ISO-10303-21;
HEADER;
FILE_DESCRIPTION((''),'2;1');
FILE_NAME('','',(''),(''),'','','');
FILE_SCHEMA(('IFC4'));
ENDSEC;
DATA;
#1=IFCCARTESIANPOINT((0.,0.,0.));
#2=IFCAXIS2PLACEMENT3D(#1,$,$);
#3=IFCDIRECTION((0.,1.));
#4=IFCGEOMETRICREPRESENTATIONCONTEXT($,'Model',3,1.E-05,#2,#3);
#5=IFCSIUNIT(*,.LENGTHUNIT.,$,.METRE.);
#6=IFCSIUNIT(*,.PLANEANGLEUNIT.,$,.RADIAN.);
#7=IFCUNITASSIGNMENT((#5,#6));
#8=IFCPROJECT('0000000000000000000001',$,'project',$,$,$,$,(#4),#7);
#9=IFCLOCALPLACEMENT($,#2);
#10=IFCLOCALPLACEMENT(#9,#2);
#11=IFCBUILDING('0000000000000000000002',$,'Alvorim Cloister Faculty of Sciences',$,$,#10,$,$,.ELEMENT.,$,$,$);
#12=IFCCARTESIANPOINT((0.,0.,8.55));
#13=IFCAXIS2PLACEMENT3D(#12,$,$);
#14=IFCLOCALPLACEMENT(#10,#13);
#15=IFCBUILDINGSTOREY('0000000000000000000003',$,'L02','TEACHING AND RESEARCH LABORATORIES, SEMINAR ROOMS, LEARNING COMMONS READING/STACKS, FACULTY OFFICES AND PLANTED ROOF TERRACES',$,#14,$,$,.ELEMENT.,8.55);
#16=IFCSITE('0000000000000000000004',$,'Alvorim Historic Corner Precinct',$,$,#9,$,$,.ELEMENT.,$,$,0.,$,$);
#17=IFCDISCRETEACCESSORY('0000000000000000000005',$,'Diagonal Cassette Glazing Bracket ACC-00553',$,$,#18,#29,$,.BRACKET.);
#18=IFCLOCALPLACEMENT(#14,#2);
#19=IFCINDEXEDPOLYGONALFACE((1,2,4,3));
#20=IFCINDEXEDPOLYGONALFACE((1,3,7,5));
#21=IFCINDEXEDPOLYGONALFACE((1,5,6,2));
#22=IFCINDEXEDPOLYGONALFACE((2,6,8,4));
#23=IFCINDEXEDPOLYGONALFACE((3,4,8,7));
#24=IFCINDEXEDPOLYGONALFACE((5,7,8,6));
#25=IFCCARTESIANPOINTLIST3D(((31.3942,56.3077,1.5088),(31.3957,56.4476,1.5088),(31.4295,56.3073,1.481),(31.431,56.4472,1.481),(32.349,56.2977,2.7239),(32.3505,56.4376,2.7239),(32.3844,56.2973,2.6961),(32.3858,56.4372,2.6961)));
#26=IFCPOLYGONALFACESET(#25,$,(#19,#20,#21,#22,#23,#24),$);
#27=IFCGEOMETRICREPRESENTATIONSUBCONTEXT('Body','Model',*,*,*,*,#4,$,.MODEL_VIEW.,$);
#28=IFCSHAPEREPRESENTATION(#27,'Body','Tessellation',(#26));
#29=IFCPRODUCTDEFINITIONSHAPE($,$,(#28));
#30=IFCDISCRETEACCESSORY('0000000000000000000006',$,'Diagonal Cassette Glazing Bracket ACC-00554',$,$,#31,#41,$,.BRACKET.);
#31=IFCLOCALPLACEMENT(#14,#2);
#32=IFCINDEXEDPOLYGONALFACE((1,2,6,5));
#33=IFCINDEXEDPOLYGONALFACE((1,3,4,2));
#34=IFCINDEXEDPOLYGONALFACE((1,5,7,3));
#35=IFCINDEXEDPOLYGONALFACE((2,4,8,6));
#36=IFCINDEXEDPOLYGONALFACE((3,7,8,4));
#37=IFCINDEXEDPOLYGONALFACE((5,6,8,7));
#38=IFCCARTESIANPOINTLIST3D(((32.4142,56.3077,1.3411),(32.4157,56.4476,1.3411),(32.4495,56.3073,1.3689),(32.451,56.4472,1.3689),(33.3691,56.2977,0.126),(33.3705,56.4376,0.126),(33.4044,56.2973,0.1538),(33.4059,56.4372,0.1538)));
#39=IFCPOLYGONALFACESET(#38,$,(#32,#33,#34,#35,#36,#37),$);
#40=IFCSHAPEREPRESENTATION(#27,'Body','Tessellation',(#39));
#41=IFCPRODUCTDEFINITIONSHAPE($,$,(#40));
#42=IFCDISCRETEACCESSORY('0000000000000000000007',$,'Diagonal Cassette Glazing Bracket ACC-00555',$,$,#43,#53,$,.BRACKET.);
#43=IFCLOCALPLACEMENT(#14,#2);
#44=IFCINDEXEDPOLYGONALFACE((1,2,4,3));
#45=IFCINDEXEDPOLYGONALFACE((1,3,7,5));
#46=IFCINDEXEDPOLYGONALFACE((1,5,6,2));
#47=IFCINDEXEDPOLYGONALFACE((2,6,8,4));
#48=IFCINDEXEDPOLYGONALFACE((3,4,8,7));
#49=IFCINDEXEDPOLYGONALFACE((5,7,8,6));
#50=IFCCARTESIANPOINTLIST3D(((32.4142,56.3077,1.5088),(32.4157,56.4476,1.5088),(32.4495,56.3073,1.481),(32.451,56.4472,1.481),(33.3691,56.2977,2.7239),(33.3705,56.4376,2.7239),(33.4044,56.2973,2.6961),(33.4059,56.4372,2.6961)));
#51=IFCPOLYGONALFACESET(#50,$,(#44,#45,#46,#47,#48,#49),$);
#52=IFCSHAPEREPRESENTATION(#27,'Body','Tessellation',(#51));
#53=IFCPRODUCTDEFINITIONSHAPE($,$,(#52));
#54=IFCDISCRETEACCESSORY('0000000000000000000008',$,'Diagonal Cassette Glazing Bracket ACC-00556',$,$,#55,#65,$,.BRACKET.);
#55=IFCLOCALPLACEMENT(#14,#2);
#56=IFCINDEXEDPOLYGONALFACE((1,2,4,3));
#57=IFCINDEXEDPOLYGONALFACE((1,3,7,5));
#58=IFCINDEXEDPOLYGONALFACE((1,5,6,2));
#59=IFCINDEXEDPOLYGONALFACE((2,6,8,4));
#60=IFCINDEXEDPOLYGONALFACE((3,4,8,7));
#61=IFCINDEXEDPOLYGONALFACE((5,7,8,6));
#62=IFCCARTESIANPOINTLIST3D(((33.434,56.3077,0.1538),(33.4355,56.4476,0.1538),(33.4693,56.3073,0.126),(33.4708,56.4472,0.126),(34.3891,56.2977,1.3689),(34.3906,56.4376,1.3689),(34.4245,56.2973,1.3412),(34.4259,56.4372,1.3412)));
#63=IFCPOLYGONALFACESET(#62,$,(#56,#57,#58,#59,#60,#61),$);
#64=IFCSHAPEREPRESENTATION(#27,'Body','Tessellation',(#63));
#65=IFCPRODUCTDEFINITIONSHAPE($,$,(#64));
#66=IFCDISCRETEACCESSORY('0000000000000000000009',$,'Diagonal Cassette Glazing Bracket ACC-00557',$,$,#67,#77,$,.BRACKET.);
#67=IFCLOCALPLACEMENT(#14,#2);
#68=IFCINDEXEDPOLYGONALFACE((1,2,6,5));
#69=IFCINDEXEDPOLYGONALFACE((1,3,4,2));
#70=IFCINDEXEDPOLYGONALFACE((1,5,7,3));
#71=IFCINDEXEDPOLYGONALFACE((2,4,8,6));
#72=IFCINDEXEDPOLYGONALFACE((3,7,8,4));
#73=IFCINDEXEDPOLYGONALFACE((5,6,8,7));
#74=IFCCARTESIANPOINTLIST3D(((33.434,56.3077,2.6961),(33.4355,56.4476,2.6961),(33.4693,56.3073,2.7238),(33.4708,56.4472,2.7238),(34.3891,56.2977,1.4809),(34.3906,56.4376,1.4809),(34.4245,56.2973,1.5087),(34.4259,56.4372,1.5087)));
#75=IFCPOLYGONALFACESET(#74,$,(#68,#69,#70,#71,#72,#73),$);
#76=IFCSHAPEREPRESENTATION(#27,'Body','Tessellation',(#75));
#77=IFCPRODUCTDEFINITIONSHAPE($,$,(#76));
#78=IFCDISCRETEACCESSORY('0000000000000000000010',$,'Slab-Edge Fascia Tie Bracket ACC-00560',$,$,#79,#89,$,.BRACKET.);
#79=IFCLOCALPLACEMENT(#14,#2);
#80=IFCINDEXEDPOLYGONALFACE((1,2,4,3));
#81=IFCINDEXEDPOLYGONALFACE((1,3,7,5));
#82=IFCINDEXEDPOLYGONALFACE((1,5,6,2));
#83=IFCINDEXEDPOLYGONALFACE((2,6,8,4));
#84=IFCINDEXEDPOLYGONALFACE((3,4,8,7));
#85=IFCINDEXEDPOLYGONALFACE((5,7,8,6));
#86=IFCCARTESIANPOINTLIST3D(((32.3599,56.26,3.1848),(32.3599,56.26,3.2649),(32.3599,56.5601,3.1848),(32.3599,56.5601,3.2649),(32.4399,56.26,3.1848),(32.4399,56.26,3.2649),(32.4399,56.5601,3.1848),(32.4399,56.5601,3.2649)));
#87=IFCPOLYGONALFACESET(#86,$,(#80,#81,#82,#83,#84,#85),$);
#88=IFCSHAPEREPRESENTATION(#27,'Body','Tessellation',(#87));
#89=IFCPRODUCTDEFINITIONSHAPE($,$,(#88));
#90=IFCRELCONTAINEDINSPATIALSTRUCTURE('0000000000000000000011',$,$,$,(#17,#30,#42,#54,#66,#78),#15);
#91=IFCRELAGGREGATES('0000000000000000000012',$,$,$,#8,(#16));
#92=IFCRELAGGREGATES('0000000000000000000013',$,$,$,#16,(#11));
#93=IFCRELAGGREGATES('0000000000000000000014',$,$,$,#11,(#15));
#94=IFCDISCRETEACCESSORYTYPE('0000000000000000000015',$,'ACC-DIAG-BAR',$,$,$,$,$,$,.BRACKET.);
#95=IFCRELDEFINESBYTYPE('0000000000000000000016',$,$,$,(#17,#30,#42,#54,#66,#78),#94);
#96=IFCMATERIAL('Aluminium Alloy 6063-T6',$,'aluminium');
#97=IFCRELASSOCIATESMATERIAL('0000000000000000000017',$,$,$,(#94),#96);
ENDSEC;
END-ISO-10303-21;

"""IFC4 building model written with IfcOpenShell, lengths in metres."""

from ifc_helpers import new_model, si_unit, direction, frame, origin, origin_2d, place, context, subcontext, project, spatial, rectangle, extrude, material, type_object, element, save


model = new_model("IFC4")

# Units and contexts
model_context = context("Model", 3, precision=1e-05, world=origin(), true_north=direction((0.0, 1.0)))
body_context = subcontext(model_context, "Body", "Model", "MODEL_VIEW")
ifc_project = project(units=[si_unit("LENGTHUNIT", "METRE"), si_unit("PLANEANGLEUNIT", "RADIAN")], contexts=[model_context])

# Site, building, storey
site_placement = place(None, origin())
site = spatial("IfcSite", under=ifc_project, at=site_placement, Name="Alvorim Historic Corner Precinct", CompositionType="ELEMENT", RefElevation=0.0)
building_placement = place(site_placement, origin())
building = spatial("IfcBuilding", under=site, at=building_placement, Name="Alvorim Cloister Faculty of Sciences", CompositionType="ELEMENT")
storey_placement = place(building_placement, frame((0.0, 0.0, 8.55)))
storey = spatial("IfcBuildingStorey", under=building, at=storey_placement, Name="L02", Description="TEACHING AND RESEARCH LABORATORIES, SEMINAR ROOMS, LEARNING COMMONS READING/STACKS, FACULTY OFFICES AND PLANTED ROOF TERRACES", CompositionType="ELEMENT", Elevation=8.55)

# Shared definitions
ifc_material_1 = material(Name="Aluminium Alloy 6063-T6", Category="aluminium")

# Discrete accessories
discrete_accessory_type = type_object("IfcDiscreteAccessoryType", Name="ACC-DIAG-BAR", PredefinedType="BRACKET", material=ifc_material_1)
for number, where, z_axis, x_axis, name in (
    (1, (31.4126, 56.3774, 1.4949), (0.617857, -0.006477, 0.786263), (0.010483, 0.999945, 0.0), "Diagonal Cassette Glazing Bracket ACC-00553"),
    (2, (32.4326, 56.3774, 1.355), (0.617857, -0.006477, -0.786263), (0.010483, 0.999945, 0.0), "Diagonal Cassette Glazing Bracket ACC-00554"),
    (3, (32.4326, 56.3774, 1.4949), (0.617857, -0.006477, 0.786263), (0.010483, 0.999945, 0.0), "Diagonal Cassette Glazing Bracket ACC-00555"),
):
    element("IfcDiscreteAccessory", number, at=place(storey_placement, frame(where, z_axis=z_axis, x_axis=x_axis)), inside=storey, type_object=discrete_accessory_type, Name=name, PredefinedType="BRACKET", context=body_context, shape_type="SweptSolid", body=[
        extrude(rectangle(XDim=0.1399, YDim=0.0449, at=origin_2d()), origin(), (0.0, 0.0, 1.0), 1.5454),
    ])
for number, where, z_axis, x_axis, name in (
    (4, (33.4524, 56.3774, 0.1399), (0.617955, -0.006477, 0.786187), (0.01048, 0.999945, 0.0), "Diagonal Cassette Glazing Bracket ACC-00556"),
    (5, (33.4524, 56.3774, 2.71), (0.617955, -0.006477, -0.786187), (0.01048, 0.999945, 0.0), "Diagonal Cassette Glazing Bracket ACC-00557"),
):
    element("IfcDiscreteAccessory", number, at=place(storey_placement, frame(where, z_axis=z_axis, x_axis=x_axis)), inside=storey, type_object=discrete_accessory_type, Name=name, PredefinedType="BRACKET", context=body_context, shape_type="SweptSolid", body=[
        extrude(rectangle(XDim=0.1399, YDim=0.0449, at=origin_2d()), origin(), (0.0, 0.0, 1.0), 1.5457),
    ])
discrete_accessory_placement = place(storey_placement, frame((32.3999, 56.26, 3.2249), z_axis=(0.0, 1.0, 0.0), x_axis=(-1.0, 0.0, 0.0)))
element("IfcDiscreteAccessory", 6, at=discrete_accessory_placement, inside=storey, type_object=discrete_accessory_type, Name="Slab-Edge Fascia Tie Bracket ACC-00560", PredefinedType="BRACKET", context=body_context, shape_type="SweptSolid", body=[
    extrude(rectangle(XDim=0.0801, YDim=0.0801, at=origin_2d()), origin(), (0.0, 0.0, 1.0), 0.3),
])

save(model, "model.ifc")
